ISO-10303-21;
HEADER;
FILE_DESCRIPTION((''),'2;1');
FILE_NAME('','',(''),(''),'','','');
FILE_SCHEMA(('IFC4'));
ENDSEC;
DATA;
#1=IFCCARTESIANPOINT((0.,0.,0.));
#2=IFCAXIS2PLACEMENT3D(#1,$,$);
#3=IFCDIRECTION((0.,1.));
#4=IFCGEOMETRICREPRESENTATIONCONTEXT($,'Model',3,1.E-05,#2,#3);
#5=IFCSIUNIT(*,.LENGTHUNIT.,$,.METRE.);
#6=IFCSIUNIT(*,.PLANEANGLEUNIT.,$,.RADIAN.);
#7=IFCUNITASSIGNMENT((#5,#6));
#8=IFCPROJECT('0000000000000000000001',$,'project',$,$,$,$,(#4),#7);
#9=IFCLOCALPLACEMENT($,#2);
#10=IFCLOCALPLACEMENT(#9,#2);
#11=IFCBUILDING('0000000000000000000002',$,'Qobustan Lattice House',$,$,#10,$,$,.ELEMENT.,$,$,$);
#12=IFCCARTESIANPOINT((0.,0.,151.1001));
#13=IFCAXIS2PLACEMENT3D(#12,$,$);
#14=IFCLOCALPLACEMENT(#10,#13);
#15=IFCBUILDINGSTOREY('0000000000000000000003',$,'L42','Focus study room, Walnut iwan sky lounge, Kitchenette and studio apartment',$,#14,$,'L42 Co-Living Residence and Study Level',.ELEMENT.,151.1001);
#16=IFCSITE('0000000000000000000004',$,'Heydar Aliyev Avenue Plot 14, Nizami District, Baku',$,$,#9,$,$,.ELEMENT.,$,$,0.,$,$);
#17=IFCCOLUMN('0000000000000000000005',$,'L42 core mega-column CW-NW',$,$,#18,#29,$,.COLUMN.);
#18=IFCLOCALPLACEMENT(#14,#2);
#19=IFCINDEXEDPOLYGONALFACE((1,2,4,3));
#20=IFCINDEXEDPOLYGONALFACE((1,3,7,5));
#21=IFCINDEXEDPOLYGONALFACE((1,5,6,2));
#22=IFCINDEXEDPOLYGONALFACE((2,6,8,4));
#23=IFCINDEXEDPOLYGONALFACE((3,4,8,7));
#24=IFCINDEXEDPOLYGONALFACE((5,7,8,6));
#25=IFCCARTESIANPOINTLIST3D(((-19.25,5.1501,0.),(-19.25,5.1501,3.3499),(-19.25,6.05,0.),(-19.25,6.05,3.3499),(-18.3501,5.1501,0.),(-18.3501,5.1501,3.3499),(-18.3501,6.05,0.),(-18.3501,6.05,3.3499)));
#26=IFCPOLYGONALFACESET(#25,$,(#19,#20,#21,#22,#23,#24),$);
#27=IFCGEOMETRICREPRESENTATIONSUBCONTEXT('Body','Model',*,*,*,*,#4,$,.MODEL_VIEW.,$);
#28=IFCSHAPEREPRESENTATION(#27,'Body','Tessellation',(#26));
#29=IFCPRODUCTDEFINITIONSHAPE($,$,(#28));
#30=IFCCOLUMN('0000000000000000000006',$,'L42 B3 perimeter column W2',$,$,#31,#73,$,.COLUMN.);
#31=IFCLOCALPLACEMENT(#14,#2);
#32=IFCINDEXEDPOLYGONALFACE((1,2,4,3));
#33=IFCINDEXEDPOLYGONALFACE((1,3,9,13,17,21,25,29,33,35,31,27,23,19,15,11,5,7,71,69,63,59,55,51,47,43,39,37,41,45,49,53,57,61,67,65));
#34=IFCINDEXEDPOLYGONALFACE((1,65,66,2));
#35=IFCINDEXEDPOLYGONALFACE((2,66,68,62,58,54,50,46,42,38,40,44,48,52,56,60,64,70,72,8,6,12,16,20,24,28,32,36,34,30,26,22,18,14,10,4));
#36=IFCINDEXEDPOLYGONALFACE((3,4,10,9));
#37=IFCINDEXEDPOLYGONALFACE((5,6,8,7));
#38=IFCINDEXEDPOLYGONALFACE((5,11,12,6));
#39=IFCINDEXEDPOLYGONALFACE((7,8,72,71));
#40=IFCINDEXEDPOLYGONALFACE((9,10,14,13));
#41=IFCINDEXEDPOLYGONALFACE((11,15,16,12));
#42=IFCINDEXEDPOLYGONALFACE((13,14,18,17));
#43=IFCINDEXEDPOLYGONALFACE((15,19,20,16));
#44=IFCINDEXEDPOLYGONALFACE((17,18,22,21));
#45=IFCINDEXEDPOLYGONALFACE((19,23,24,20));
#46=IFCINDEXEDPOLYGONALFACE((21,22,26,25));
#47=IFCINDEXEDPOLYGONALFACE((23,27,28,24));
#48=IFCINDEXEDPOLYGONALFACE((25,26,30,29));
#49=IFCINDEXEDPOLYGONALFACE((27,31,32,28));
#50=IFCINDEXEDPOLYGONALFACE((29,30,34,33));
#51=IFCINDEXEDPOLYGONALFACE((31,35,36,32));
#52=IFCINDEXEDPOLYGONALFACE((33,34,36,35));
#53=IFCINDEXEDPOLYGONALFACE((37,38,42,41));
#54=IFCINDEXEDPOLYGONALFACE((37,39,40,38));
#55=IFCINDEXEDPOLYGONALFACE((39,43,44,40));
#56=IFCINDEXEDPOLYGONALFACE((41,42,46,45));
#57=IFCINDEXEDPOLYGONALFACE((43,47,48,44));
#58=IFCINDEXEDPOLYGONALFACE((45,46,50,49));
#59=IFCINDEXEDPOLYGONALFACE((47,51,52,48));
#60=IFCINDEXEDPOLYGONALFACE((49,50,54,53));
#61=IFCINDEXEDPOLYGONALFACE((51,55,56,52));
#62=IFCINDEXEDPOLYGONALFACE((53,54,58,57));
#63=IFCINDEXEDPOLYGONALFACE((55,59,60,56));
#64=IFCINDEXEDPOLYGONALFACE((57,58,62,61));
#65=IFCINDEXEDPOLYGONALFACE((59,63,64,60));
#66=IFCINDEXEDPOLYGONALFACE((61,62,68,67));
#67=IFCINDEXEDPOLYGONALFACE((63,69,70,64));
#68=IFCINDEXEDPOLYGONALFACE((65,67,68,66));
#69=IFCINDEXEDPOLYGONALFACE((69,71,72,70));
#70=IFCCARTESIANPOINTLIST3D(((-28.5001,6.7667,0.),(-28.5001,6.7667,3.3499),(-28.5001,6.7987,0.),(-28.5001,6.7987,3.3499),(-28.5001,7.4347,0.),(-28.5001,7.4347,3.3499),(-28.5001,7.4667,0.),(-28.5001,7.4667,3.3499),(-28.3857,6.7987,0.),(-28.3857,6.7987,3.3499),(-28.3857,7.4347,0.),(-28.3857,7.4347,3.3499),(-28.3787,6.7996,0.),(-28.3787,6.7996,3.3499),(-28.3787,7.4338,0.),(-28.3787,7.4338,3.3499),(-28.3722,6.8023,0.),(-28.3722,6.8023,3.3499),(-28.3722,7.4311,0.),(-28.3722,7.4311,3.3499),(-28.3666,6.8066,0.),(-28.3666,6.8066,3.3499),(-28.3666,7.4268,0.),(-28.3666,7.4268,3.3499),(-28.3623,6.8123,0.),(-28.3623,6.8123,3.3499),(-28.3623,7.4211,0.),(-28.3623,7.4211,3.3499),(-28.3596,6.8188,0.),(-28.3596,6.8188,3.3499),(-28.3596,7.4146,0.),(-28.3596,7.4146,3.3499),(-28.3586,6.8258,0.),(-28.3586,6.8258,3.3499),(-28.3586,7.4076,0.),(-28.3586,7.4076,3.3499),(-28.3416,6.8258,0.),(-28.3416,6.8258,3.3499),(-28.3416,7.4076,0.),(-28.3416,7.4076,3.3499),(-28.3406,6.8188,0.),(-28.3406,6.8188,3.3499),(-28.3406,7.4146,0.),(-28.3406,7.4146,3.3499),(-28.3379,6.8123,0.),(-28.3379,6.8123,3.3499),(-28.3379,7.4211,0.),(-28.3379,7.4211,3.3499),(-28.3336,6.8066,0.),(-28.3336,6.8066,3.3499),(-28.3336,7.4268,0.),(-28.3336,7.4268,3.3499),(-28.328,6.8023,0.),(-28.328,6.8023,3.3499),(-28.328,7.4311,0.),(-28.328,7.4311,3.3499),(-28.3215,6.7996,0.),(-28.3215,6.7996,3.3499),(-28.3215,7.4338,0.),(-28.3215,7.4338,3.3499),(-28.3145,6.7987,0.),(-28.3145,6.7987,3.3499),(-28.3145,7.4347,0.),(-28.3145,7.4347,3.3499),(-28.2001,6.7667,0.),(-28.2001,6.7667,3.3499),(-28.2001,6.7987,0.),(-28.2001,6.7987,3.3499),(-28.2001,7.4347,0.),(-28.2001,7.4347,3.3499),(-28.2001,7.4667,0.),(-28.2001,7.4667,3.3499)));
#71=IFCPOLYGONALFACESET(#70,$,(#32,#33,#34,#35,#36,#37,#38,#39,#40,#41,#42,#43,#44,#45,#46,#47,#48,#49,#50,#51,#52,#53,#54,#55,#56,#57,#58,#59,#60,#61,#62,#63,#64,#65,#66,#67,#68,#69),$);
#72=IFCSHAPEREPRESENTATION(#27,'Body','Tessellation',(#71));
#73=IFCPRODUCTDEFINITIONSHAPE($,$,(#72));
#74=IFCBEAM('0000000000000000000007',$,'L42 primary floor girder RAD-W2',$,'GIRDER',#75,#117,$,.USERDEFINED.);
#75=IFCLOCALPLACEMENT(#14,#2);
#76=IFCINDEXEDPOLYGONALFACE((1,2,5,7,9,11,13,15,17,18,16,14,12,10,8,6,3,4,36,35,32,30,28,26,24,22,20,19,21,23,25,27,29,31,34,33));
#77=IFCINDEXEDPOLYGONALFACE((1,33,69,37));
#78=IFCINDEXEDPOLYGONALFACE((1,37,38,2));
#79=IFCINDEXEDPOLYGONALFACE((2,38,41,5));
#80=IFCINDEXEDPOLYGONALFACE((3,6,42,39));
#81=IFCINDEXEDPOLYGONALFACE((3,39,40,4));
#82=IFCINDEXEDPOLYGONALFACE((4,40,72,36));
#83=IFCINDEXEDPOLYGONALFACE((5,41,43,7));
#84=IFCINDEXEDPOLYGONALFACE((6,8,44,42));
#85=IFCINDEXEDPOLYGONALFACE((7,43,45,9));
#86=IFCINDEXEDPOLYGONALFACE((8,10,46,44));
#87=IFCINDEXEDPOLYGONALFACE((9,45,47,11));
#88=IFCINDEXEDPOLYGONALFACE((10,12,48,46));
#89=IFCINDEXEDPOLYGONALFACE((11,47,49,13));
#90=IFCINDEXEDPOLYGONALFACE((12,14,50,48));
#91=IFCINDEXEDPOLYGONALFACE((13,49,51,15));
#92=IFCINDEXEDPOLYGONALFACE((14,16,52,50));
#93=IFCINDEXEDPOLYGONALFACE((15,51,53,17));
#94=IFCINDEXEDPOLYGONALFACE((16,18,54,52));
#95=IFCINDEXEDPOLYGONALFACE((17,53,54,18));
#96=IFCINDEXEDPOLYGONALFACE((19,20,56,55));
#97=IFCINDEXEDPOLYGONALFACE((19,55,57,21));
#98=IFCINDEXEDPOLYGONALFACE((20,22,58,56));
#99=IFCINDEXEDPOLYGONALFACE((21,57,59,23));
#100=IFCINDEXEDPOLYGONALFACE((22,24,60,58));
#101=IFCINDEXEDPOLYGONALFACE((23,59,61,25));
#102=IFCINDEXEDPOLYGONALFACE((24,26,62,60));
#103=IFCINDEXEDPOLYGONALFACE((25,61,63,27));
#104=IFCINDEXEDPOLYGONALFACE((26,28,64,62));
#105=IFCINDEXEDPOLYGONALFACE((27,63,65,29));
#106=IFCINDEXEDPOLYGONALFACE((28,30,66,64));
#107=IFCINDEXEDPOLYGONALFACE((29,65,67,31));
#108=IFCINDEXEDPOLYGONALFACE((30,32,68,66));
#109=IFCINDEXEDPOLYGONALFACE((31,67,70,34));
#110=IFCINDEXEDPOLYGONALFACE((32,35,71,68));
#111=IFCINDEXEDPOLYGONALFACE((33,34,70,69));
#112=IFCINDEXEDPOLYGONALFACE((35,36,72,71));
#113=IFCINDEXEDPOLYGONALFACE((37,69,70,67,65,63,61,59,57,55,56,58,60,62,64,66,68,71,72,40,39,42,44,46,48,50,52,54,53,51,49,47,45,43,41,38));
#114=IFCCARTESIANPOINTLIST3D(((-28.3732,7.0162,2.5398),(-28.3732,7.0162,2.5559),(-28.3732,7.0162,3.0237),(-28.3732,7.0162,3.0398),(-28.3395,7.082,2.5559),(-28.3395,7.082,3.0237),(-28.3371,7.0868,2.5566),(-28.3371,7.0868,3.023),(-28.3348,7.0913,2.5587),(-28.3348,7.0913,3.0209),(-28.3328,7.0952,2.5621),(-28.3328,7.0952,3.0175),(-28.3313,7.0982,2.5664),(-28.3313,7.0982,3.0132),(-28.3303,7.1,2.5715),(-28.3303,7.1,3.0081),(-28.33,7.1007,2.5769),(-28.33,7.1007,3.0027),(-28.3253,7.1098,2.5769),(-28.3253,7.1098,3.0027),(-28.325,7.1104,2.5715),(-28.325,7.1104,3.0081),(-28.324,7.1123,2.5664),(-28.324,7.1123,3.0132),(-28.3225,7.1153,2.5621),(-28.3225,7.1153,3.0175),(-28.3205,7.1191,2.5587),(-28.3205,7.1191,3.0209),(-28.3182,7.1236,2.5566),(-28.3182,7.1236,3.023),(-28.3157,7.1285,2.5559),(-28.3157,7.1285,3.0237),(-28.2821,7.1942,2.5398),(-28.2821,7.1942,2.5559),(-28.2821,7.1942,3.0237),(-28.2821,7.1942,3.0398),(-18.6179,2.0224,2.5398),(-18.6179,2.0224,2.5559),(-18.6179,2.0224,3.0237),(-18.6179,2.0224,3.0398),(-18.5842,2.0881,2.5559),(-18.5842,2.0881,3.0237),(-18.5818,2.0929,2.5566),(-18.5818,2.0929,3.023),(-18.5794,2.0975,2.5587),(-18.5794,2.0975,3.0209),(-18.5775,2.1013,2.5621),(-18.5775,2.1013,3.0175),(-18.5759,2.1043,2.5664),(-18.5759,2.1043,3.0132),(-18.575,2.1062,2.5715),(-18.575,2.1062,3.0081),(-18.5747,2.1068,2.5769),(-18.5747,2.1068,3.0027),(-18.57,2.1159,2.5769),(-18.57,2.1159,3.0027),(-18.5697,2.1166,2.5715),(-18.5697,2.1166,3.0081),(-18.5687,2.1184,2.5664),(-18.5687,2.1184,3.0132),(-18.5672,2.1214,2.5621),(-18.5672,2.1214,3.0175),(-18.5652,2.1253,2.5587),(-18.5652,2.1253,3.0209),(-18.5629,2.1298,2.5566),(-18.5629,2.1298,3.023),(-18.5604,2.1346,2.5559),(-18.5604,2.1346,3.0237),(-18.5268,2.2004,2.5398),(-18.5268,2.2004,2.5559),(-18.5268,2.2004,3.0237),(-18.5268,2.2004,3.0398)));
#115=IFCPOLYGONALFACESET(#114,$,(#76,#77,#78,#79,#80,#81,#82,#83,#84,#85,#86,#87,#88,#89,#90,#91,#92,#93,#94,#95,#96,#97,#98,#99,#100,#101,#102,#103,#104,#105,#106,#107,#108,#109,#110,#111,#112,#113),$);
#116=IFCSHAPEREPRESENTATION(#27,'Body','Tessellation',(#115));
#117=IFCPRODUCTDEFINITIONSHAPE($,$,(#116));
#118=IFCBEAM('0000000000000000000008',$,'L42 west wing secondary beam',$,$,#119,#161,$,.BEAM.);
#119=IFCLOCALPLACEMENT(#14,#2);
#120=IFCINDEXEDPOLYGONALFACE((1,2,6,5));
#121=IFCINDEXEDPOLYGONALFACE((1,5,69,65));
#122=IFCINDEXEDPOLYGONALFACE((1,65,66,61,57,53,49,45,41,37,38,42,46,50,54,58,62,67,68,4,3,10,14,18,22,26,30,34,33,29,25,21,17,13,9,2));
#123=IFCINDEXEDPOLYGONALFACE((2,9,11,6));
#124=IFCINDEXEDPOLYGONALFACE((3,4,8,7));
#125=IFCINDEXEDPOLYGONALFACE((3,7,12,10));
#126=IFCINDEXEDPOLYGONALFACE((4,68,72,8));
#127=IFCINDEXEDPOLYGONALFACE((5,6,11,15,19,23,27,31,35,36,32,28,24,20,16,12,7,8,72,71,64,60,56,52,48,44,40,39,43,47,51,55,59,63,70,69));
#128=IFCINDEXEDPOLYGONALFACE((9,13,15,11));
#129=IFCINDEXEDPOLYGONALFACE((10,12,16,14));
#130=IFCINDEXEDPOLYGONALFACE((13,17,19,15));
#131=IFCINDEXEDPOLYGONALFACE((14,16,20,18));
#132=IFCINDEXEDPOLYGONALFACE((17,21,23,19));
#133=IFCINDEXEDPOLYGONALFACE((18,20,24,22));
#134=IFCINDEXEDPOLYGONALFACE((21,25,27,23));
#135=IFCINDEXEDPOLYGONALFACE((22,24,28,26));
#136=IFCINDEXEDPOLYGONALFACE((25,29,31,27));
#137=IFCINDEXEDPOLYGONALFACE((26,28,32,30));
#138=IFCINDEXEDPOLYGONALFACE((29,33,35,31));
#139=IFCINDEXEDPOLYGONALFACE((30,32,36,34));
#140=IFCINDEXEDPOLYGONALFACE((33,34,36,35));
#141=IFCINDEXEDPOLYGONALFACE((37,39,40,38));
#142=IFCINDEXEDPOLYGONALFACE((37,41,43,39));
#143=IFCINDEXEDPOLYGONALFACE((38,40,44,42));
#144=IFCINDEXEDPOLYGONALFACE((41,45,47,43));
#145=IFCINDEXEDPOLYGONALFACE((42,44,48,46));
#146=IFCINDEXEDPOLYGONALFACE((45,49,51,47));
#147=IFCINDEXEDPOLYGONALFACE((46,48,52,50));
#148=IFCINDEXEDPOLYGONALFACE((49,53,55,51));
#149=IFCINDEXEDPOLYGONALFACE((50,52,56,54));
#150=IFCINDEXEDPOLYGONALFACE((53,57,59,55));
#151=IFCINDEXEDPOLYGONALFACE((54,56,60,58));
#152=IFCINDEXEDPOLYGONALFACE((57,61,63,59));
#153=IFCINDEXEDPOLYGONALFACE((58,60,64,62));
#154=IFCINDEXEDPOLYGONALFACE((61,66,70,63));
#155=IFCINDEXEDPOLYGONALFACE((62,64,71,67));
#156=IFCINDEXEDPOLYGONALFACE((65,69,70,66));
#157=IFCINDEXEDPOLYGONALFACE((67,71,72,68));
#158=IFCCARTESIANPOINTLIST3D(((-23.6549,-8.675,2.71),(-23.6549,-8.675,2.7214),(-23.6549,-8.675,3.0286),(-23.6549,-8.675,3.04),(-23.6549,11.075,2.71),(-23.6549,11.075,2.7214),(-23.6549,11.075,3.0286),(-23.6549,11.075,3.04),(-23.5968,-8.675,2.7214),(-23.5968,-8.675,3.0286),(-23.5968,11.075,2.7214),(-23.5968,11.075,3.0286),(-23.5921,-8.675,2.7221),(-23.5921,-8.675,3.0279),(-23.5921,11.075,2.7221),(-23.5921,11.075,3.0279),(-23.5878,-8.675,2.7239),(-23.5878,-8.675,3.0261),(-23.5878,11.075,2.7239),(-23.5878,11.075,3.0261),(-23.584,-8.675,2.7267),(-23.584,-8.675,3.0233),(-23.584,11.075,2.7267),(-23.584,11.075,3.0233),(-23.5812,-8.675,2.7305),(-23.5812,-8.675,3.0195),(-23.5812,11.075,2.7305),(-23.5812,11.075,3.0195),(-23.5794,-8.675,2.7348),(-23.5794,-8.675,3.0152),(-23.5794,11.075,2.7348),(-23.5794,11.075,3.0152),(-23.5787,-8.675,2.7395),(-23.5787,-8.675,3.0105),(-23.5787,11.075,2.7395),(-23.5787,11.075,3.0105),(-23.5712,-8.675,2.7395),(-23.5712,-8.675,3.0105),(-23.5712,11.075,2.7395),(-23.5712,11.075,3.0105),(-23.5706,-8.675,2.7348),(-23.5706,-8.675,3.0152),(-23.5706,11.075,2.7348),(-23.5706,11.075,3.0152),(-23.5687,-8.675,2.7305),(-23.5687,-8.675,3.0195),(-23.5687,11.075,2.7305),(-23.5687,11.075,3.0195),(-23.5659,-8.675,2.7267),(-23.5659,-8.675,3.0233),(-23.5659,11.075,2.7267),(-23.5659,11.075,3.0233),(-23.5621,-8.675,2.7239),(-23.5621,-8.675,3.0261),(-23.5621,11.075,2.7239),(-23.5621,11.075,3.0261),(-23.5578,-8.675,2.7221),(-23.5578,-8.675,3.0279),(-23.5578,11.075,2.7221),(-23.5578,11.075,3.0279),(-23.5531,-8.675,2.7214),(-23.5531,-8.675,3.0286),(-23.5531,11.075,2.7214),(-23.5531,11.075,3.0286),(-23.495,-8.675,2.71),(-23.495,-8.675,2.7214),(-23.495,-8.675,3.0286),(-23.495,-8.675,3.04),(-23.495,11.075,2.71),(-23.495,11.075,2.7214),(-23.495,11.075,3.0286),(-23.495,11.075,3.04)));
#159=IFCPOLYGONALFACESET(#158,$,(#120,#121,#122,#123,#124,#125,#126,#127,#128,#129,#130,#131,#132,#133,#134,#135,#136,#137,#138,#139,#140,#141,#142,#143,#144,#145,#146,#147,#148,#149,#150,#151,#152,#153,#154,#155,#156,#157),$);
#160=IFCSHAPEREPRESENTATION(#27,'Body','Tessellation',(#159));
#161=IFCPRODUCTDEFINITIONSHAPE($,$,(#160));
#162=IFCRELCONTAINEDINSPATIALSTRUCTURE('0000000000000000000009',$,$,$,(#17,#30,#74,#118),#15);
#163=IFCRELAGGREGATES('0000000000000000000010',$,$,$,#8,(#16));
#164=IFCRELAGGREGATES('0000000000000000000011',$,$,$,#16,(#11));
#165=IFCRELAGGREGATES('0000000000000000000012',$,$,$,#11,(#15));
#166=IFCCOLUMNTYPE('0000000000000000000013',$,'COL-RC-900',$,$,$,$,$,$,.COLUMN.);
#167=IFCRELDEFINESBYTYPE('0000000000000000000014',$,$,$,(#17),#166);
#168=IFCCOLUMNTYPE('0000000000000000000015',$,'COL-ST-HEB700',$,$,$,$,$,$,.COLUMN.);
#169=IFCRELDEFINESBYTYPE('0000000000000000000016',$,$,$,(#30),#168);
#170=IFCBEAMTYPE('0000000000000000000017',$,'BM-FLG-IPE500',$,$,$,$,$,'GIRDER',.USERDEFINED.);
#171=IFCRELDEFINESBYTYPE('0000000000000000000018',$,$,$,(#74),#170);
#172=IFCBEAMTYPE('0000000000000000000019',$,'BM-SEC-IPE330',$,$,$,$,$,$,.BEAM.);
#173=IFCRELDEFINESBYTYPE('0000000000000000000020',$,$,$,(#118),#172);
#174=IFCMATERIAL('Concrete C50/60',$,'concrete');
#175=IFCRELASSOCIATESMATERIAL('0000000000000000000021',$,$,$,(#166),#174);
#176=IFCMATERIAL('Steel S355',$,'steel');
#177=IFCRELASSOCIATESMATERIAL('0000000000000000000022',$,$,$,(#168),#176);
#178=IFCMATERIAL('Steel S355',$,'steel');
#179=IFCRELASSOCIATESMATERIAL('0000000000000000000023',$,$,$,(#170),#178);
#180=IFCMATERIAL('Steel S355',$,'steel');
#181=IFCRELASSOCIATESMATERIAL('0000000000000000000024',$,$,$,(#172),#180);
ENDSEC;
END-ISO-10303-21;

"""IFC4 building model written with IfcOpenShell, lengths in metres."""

from ifc_helpers import new_model, si_unit, direction, frame, origin, origin_2d, place, context, subcontext, project, spatial, rectangle, i_section, extrude, material, material_profile, profile_set, type_object, element, save


model = new_model("IFC4")

# Units and contexts
model_context = context("Model", 3, precision=1e-05, world=origin(), true_north=direction((0.0, 1.0)))
body_context = subcontext(model_context, "Body", "Model", "MODEL_VIEW")
ifc_project = project(units=[si_unit("LENGTHUNIT", "METRE"), si_unit("PLANEANGLEUNIT", "RADIAN")], contexts=[model_context])

# Site, building, storey
site_placement = place(None, origin())
site = spatial("IfcSite", under=ifc_project, at=site_placement, Name="Heydar Aliyev Avenue Plot 14, Nizami District, Baku", CompositionType="ELEMENT", RefElevation=0.0)
building_placement = place(site_placement, origin())
building = spatial("IfcBuilding", under=site, at=building_placement, Name="Qobustan Lattice House", CompositionType="ELEMENT")
storey_placement = place(building_placement, frame((0.0, 0.0, 151.1001)))
storey = spatial("IfcBuildingStorey", under=building, at=storey_placement, Name="L42", Description="Focus study room, Walnut iwan sky lounge, Kitchenette and studio apartment", LongName="L42 Co-Living Residence and Study Level", CompositionType="ELEMENT", Elevation=151.1001)

# Columns
ifc_material_1 = material(Name="Concrete C50/60", Category="concrete")
ifc_material_profile_1 = material_profile(ifc_material_1, rectangle(XDim=0.8999, YDim=0.8999, at=origin_2d()), Name="RC900x900")
ifc_profile_set_1 = profile_set([ifc_material_profile_1], Name="Concrete C50/60")
column_type_1 = type_object("IfcColumnType", Name="COL-RC-900", PredefinedType="COLUMN", material=ifc_profile_set_1)
column_1_placement = place(storey_placement, frame((-18.8, 5.6001, 0.0), z_axis=(0.0, 0.0, 1.0), x_axis=(1.0, 0.0, 0.0)))
element("IfcColumn", 1, at=column_1_placement, inside=storey, type_object=column_type_1, Name="L42 core mega-column CW-NW", PredefinedType="COLUMN", context=body_context, shape_type="SweptSolid", body=[
    extrude(rectangle(XDim=0.8999, YDim=0.8999, at=origin_2d()), origin(), (0.0, 0.0, 1.0), 3.3499),
])
ifc_material_2 = material(Name="Steel S355", Category="steel")
ifc_material_profile_2 = material_profile(ifc_material_2, i_section(OverallWidth=0.3, OverallDepth=0.7, WebThickness=0.0171, FlangeThickness=0.032, FilletRadius=0.0271, at=origin_2d()), Name="HEB700")
ifc_profile_set_2 = profile_set([ifc_material_profile_2], Name="Steel S355")
column_type_2 = type_object("IfcColumnType", Name="COL-ST-HEB700", PredefinedType="COLUMN", material=ifc_profile_set_2)
column_2_placement = place(storey_placement, frame((-28.3501, 7.1167, 0.0), z_axis=(0.0, 0.0, 1.0), x_axis=(1.0, 0.0, 0.0)))
element("IfcColumn", 2, at=column_2_placement, inside=storey, type_object=column_type_2, Name="L42 B3 perimeter column W2", PredefinedType="COLUMN", context=body_context, shape_type="SweptSolid", body=[
    extrude(i_section(OverallWidth=0.3, OverallDepth=0.7, WebThickness=0.0171, FlangeThickness=0.032, FilletRadius=0.0271, at=origin_2d()), origin(), (0.0, 0.0, 1.0), 3.3499),
])

# Beams
ifc_material_3 = material(Name="Steel S355", Category="steel")
ifc_material_profile_3 = material_profile(ifc_material_3, i_section(OverallWidth=0.2, OverallDepth=0.5, WebThickness=0.0103, FlangeThickness=0.0161, FilletRadius=0.021, at=origin_2d()), Name="IPE500")
ifc_profile_set_3 = profile_set([ifc_material_profile_3], Name="Steel S355")
beam_type_1 = type_object("IfcBeamType", Name="BM-FLG-IPE500", ElementType="GIRDER", PredefinedType="USERDEFINED", material=ifc_profile_set_3)
beam_1_placement = place(storey_placement, frame((-28.3276, 7.1052, 2.7898), z_axis=(0.890145, -0.455677, 0.0), x_axis=(0.455677, 0.890145, 0.0)))
element("IfcBeam", 3, at=beam_1_placement, inside=storey, type_object=beam_type_1, Name="L42 primary floor girder RAD-W2", ObjectType="GIRDER", PredefinedType="USERDEFINED", context=body_context, shape_type="SweptSolid", body=[
    extrude(i_section(OverallWidth=0.2, OverallDepth=0.5, WebThickness=0.0103, FlangeThickness=0.0161, FilletRadius=0.021, at=origin_2d()), origin(), (0.0, 0.0, 1.0), 10.9592),
])
ifc_material_4 = material(Name="Steel S355", Category="steel")
ifc_material_profile_4 = material_profile(ifc_material_4, i_section(OverallWidth=0.1599, OverallDepth=0.3301, WebThickness=0.0076, FlangeThickness=0.0115, FilletRadius=0.0181, at=origin_2d()), Name="IPE330")
ifc_profile_set_4 = profile_set([ifc_material_profile_4], Name="Steel S355")
beam_type_2 = type_object("IfcBeamType", Name="BM-SEC-IPE330", PredefinedType="BEAM", material=ifc_profile_set_4)
beam_2_placement = place(storey_placement, frame((-23.575, 11.075, 2.875), z_axis=(0.0, -1.0, 0.0), x_axis=(1.0, 0.0, 0.0)))
element("IfcBeam", 4, at=beam_2_placement, inside=storey, type_object=beam_type_2, Name="L42 west wing secondary beam", PredefinedType="BEAM", context=body_context, shape_type="SweptSolid", body=[
    extrude(i_section(OverallWidth=0.1599, OverallDepth=0.3301, WebThickness=0.0076, FlangeThickness=0.0115, FilletRadius=0.0181, at=origin_2d()), origin(), (0.0, 0.0, 1.0), 19.75),
])

save(model, "model.ifc")
